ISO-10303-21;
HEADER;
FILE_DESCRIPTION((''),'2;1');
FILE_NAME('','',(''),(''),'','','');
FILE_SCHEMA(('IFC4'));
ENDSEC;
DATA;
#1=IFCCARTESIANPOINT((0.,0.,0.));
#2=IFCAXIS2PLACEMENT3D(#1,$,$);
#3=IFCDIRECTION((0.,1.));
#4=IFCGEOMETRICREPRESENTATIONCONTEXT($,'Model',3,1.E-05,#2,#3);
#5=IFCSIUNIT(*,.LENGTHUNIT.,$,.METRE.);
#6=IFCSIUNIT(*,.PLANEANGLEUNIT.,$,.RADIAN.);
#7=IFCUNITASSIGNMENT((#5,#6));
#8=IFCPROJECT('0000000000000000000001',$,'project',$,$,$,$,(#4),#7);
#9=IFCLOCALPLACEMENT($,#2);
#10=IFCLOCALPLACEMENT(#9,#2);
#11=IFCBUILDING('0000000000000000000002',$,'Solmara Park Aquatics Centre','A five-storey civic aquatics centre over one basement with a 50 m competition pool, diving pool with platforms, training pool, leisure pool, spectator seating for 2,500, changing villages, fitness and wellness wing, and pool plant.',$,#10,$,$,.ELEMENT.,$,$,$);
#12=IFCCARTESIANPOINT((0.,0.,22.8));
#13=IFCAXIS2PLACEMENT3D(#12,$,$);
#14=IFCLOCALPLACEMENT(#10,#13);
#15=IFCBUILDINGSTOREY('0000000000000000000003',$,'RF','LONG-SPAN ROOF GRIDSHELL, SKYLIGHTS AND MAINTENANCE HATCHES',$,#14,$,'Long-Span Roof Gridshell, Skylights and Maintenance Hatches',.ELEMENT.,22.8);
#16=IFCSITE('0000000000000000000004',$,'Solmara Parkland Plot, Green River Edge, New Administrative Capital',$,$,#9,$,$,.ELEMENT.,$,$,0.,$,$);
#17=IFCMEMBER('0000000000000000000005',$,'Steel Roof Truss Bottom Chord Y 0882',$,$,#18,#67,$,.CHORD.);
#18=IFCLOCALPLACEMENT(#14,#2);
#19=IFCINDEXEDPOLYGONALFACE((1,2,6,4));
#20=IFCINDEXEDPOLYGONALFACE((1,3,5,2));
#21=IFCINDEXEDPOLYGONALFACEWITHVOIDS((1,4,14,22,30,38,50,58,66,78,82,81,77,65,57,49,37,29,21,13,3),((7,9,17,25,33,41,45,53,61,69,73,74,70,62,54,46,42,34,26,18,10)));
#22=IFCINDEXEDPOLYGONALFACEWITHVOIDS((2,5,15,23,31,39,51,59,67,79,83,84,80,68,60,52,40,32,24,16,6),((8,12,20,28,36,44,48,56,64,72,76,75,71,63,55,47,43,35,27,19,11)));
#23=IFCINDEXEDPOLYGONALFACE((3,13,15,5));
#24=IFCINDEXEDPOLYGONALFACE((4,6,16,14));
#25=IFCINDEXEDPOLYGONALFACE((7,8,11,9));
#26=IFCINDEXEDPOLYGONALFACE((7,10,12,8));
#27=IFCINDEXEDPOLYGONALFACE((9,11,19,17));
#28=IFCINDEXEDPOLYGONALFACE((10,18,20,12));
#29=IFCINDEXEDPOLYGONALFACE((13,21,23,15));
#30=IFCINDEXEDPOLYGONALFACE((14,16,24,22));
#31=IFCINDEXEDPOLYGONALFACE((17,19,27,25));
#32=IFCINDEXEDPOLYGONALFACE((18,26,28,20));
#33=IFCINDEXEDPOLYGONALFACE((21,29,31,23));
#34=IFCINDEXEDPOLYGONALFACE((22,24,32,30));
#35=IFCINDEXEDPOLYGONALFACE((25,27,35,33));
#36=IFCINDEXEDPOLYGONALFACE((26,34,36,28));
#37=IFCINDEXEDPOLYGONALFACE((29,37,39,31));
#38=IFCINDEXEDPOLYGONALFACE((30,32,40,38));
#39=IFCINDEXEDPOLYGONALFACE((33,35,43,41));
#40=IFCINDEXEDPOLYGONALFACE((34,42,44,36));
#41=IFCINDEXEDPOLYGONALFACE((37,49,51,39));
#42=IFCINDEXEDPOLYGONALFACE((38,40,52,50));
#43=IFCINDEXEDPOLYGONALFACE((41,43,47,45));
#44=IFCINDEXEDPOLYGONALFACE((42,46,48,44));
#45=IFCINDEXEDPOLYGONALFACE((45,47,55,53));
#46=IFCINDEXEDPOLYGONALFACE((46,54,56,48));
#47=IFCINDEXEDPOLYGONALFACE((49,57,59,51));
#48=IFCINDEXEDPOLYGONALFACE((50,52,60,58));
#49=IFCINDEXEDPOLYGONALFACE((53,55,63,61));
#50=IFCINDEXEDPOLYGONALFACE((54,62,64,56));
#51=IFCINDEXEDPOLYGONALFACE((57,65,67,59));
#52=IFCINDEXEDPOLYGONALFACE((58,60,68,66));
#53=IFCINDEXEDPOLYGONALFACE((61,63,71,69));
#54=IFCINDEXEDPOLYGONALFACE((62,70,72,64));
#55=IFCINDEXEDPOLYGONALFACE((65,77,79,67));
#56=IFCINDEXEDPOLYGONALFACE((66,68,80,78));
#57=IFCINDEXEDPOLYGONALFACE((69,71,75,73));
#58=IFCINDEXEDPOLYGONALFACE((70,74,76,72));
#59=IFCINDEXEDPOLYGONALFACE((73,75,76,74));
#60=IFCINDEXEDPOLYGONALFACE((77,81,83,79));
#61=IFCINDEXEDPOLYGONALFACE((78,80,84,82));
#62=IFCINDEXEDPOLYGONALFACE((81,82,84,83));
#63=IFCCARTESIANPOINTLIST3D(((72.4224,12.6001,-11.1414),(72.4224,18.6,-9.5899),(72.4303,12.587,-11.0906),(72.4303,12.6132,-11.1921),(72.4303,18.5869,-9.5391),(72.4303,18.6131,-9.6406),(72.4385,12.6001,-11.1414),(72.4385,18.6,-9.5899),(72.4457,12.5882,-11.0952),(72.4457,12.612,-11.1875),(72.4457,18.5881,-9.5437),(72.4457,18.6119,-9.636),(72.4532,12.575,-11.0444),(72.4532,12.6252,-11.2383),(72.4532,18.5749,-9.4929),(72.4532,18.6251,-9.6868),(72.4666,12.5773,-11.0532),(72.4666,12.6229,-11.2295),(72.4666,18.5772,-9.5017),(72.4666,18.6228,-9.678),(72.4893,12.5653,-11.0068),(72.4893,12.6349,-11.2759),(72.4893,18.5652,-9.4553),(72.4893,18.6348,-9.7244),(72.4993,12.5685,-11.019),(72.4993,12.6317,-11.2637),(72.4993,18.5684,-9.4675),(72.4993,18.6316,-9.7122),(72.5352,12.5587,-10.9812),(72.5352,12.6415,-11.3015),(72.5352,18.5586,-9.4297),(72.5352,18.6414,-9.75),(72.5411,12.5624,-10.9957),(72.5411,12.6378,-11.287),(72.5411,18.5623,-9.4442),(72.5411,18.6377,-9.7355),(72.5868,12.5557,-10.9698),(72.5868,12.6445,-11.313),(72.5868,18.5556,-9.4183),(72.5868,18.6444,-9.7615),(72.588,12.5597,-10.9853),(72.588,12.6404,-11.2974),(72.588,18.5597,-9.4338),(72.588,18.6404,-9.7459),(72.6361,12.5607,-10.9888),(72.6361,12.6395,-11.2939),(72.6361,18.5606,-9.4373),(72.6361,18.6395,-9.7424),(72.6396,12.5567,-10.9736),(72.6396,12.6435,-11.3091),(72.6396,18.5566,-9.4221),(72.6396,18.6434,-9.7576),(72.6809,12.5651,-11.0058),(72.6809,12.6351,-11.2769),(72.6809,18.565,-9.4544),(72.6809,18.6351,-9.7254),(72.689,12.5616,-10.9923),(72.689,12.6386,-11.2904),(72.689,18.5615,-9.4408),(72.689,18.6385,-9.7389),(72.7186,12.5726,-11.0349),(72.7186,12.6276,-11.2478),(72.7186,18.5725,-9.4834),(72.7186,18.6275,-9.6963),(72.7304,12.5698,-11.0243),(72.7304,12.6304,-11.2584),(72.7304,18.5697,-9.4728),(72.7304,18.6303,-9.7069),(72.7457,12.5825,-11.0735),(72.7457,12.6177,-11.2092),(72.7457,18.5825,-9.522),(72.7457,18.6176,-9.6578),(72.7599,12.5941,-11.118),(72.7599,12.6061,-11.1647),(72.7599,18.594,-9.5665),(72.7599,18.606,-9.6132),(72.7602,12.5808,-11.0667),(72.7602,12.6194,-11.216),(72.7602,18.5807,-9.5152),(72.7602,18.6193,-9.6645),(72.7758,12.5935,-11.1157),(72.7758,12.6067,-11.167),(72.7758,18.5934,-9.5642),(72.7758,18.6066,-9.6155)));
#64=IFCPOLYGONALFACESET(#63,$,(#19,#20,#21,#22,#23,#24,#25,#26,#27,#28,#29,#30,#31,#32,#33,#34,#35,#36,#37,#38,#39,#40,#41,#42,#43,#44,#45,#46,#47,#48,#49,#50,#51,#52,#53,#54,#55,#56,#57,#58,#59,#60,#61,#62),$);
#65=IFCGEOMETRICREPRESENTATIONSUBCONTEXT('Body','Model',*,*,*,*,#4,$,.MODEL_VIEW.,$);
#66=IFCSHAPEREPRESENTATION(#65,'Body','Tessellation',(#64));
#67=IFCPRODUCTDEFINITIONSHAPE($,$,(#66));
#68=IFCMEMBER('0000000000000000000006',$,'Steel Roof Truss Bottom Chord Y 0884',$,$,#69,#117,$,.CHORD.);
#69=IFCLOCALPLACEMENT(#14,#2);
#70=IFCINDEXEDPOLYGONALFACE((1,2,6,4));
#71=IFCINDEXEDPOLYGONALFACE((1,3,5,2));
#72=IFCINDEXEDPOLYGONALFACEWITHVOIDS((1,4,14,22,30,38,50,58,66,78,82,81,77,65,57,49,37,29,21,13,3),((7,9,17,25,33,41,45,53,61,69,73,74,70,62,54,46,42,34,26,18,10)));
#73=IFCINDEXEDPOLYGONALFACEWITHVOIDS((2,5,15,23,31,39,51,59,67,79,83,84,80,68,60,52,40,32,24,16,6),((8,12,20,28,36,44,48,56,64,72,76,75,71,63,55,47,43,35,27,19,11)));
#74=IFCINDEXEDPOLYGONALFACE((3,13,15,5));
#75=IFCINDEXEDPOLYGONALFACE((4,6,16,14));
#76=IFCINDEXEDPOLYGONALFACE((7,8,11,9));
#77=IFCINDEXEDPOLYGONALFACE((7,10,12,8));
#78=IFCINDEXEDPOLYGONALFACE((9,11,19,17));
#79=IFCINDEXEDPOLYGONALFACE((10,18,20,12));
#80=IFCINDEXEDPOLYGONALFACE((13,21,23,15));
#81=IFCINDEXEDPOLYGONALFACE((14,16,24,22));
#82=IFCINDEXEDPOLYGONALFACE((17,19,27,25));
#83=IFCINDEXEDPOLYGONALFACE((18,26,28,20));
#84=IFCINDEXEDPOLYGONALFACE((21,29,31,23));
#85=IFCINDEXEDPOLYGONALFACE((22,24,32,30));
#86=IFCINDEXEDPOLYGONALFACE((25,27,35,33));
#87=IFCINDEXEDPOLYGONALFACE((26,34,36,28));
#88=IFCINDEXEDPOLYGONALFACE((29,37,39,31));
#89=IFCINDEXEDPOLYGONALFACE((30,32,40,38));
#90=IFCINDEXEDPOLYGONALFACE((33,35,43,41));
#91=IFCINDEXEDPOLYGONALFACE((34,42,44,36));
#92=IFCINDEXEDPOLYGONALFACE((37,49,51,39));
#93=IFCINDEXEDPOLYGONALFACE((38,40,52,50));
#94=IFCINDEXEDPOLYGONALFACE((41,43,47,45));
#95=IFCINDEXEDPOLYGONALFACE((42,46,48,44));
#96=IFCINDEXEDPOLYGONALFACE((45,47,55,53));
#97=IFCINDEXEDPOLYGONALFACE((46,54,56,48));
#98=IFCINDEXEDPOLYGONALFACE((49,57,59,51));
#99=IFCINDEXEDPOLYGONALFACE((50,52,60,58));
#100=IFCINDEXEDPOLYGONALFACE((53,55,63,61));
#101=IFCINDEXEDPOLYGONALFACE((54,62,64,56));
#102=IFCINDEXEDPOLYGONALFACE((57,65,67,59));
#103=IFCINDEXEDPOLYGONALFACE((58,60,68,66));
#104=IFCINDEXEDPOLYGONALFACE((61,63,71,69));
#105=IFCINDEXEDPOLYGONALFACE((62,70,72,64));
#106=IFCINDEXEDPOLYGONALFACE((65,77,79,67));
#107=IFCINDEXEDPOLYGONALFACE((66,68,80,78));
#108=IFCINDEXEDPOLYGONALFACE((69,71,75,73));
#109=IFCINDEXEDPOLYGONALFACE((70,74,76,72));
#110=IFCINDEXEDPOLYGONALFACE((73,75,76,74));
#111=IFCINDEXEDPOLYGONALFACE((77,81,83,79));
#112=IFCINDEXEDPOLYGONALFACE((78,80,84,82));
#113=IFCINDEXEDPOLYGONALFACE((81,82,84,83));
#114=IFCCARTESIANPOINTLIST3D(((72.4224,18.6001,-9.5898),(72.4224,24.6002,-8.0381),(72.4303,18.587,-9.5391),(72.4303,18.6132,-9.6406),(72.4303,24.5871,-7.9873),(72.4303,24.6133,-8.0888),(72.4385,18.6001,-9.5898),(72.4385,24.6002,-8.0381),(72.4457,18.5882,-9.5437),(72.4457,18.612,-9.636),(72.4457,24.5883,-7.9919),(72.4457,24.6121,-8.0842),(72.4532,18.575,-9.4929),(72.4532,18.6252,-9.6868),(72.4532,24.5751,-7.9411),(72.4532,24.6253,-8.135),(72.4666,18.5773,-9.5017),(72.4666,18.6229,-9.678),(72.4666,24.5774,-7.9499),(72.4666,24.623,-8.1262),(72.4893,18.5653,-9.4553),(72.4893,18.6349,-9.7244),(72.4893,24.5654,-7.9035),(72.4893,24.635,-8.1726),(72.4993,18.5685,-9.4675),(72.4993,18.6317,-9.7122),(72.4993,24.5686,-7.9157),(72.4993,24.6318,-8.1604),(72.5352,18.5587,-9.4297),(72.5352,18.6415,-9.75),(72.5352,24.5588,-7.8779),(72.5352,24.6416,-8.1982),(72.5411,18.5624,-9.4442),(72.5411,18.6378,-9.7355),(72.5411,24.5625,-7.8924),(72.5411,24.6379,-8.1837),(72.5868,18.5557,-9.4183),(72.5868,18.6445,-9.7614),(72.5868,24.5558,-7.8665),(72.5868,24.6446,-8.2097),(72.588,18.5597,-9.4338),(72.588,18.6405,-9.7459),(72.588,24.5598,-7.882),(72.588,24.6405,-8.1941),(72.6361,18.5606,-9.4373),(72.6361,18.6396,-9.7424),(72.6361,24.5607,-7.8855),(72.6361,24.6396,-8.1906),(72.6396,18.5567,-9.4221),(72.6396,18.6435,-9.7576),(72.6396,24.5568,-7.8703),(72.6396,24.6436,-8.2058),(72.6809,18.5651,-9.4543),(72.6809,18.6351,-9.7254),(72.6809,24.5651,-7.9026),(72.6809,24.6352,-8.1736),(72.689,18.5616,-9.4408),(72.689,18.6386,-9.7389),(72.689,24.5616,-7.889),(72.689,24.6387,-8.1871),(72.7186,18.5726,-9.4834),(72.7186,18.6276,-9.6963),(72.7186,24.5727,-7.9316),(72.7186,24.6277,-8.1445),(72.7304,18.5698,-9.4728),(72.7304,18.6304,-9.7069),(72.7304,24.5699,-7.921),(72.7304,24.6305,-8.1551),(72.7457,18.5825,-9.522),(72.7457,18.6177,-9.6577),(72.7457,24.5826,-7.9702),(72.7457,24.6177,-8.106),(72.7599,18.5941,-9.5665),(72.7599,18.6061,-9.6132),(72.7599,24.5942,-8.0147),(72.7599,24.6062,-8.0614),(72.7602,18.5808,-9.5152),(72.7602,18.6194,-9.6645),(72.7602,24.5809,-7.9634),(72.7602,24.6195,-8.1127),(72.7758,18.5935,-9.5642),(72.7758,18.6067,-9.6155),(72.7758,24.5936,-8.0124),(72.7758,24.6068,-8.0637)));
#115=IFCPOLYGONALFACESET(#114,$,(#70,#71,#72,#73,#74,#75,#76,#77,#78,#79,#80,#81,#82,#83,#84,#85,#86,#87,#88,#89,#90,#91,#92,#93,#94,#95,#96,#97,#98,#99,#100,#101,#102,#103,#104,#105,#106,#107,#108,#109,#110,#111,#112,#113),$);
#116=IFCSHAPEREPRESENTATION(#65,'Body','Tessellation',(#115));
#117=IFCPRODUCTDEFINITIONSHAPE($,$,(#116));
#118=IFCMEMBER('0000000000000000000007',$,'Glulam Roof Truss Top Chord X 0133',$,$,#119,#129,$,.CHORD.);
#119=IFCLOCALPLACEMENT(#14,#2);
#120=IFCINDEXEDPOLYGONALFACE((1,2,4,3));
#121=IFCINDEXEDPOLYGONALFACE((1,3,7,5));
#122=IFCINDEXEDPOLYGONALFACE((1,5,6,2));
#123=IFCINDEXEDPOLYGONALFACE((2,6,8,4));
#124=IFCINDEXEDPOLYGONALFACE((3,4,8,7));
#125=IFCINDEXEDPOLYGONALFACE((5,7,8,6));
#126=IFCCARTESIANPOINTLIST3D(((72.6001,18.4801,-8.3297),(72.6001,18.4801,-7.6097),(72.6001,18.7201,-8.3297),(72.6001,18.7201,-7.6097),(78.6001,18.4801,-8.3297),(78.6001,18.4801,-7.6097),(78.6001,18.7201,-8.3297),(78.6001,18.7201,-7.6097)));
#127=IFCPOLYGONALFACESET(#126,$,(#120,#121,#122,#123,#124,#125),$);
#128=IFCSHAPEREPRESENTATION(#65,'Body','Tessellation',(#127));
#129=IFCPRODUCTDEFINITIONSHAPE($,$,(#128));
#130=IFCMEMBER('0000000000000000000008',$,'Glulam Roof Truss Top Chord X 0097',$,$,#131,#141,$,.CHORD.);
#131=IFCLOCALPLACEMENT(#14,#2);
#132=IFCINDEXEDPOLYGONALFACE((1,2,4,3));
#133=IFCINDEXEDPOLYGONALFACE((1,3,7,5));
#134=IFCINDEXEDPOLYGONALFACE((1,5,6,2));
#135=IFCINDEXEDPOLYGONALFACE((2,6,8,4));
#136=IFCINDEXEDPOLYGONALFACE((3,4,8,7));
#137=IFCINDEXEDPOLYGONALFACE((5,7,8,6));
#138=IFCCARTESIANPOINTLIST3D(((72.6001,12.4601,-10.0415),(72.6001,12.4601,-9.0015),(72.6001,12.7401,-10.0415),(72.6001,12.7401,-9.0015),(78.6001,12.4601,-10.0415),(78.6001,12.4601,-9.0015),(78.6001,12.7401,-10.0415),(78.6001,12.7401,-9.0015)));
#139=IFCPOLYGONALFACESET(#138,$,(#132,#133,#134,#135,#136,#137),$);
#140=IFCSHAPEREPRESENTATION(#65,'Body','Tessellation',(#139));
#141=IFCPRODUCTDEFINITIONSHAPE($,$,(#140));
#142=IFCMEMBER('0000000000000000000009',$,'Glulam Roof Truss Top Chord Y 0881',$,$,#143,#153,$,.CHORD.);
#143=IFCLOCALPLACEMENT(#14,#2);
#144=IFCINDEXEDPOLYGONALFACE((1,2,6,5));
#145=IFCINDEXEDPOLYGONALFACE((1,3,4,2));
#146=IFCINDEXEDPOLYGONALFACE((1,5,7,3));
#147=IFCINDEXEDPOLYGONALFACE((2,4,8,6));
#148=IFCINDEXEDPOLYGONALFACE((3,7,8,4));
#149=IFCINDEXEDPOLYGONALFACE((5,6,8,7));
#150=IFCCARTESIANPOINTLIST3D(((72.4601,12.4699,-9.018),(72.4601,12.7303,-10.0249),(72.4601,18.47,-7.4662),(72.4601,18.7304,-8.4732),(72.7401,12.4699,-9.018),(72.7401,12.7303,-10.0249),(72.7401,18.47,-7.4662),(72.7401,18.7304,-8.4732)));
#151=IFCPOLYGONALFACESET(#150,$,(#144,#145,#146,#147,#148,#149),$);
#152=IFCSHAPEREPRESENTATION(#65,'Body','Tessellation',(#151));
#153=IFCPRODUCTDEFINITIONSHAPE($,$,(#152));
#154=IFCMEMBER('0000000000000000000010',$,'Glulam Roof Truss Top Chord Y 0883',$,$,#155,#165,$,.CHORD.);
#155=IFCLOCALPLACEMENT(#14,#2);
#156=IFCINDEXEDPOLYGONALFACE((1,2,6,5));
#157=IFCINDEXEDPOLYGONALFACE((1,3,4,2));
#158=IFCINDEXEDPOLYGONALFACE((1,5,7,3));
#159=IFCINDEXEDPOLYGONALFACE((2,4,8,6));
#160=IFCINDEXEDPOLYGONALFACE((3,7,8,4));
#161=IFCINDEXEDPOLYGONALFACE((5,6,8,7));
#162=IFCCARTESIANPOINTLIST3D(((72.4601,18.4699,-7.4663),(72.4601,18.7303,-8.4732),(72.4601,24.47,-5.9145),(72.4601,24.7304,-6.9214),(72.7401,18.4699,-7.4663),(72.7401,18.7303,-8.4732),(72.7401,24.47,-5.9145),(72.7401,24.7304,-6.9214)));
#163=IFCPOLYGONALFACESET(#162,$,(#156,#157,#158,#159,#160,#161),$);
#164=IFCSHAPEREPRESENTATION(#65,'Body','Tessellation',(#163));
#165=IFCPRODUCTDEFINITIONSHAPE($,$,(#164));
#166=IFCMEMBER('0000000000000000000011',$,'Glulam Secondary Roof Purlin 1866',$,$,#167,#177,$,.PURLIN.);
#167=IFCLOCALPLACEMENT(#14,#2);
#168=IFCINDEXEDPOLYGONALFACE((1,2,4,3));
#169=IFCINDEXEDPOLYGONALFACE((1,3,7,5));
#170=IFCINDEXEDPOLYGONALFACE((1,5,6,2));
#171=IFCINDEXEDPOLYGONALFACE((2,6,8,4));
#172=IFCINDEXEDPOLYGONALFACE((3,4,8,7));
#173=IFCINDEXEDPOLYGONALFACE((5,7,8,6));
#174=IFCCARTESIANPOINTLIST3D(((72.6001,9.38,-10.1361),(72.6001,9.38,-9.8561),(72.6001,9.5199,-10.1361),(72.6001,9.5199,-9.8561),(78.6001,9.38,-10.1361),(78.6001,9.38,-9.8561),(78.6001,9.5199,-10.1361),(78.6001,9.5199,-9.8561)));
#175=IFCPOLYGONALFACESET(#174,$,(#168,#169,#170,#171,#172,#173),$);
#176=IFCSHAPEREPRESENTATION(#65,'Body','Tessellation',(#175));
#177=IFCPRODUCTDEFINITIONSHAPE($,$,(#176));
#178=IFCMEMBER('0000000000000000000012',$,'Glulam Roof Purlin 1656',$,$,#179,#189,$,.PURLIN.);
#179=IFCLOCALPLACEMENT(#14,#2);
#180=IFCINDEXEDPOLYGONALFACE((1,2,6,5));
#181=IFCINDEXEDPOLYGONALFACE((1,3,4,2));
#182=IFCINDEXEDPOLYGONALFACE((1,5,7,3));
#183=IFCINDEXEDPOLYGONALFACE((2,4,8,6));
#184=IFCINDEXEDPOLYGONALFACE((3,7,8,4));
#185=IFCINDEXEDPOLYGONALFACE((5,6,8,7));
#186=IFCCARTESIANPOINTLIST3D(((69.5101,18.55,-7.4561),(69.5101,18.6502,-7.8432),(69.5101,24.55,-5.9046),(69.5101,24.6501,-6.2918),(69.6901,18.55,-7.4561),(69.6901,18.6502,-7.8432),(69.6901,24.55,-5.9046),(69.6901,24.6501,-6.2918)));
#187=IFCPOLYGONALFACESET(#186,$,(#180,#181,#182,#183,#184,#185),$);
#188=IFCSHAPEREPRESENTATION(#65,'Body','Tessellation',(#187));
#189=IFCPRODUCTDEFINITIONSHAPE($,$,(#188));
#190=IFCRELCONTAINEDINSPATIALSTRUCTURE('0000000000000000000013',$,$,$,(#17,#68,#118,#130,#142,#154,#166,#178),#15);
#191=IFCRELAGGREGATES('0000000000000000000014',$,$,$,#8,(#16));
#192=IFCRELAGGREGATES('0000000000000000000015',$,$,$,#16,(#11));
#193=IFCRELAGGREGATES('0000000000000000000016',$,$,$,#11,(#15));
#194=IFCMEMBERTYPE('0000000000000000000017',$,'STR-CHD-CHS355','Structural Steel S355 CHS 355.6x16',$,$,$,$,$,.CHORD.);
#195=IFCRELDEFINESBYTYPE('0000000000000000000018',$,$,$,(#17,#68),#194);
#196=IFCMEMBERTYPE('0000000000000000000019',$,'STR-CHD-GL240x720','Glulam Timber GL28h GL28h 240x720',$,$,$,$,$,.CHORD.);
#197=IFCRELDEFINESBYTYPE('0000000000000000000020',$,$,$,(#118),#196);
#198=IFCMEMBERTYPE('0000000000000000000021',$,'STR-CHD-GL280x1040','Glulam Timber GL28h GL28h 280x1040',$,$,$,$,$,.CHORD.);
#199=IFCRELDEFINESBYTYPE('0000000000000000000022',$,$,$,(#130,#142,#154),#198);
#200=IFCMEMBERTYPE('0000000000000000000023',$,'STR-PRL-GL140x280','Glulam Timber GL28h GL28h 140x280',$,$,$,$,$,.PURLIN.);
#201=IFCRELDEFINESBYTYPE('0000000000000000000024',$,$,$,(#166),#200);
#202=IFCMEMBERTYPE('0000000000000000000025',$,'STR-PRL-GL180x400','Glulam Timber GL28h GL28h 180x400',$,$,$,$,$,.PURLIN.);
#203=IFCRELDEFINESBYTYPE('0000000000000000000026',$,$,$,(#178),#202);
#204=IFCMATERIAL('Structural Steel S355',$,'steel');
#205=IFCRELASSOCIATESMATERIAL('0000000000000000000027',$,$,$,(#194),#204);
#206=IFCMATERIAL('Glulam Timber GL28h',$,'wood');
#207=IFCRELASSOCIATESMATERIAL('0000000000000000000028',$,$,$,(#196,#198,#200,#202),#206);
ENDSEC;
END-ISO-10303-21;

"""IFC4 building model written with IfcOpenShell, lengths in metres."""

from ifc_helpers import new_model, si_unit, direction, frame, origin, origin_2d, place, context, subcontext, project, spatial, rectangle, hollow_circle, extrude, material, material_profile, profile_set, type_object, element, save


model = new_model("IFC4")

# Units and contexts
model_context = context("Model", 3, precision=1e-05, world=origin(), true_north=direction((0.0, 1.0)))
body_context = subcontext(model_context, "Body", "Model", "MODEL_VIEW")
ifc_project = project(units=[si_unit("LENGTHUNIT", "METRE"), si_unit("PLANEANGLEUNIT", "RADIAN")], contexts=[model_context])

# Site, building, storey
site_placement = place(None, origin())
site = spatial("IfcSite", under=ifc_project, at=site_placement, Name="Solmara Parkland Plot, Green River Edge, New Administrative Capital", CompositionType="ELEMENT", RefElevation=0.0)
building_placement = place(site_placement, origin())
building = spatial("IfcBuilding", under=site, at=building_placement, Name="Solmara Park Aquatics Centre", Description="A five-storey civic aquatics centre over one basement with a 50 m competition pool, diving pool with platforms, training pool, leisure pool, spectator seating for 2,500, changing villages, fitness and wellness wing, and pool plant.", CompositionType="ELEMENT")
storey_placement = place(building_placement, frame((0.0, 0.0, 22.8)))
storey = spatial("IfcBuildingStorey", under=building, at=storey_placement, Name="RF", Description="LONG-SPAN ROOF GRIDSHELL, SKYLIGHTS AND MAINTENANCE HATCHES", LongName="Long-Span Roof Gridshell, Skylights and Maintenance Hatches", CompositionType="ELEMENT", Elevation=22.8)

# Members
ifc_material_1 = material(Name="Structural Steel S355", Category="steel")
ifc_material_profile_1 = material_profile(ifc_material_1, hollow_circle(Radius=0.1777, WallThickness=0.0161, at=origin_2d()), Name="CHS 355.6x16")
ifc_profile_set_1 = profile_set([ifc_material_profile_1], Name="Structural Steel S355")
member_type_1 = type_object("IfcMemberType", Name="STR-CHD-CHS355", Description="Structural Steel S355 CHS 355.6x16", PredefinedType="CHORD", material=ifc_profile_set_1)
member_1_placement = place(storey_placement, frame((72.6001, 12.6001, -11.1414), z_axis=(0.0, 0.968155, 0.250351), x_axis=(-1.0, 0.0, 0.0)))
element("IfcMember", 1, at=member_1_placement, inside=storey, type_object=member_type_1, Name="Steel Roof Truss Bottom Chord Y 0882", PredefinedType="CHORD", context=body_context, shape_type="SweptSolid", body=[
    extrude(hollow_circle(Radius=0.1777, WallThickness=0.0161, at=origin_2d()), origin(), (0.0, 0.0, 1.0), 6.1973),
])
member_2_placement = place(storey_placement, frame((72.6001, 18.6001, -9.5898), z_axis=(0.0, 0.968146, 0.250388), x_axis=(-1.0, 0.0, 0.0)))
element("IfcMember", 2, at=member_2_placement, inside=storey, type_object=member_type_1, Name="Steel Roof Truss Bottom Chord Y 0884", PredefinedType="CHORD", context=body_context, shape_type="SweptSolid", body=[
    extrude(hollow_circle(Radius=0.1777, WallThickness=0.0161, at=origin_2d()), origin(), (0.0, 0.0, 1.0), 6.1975),
])
ifc_material_2 = material(Name="Glulam Timber GL28h", Category="wood")
ifc_material_profile_2 = material_profile(ifc_material_2, rectangle(XDim=0.24, YDim=0.72, at=origin_2d()), Name="GL28h 240x720")
ifc_profile_set_2 = profile_set([ifc_material_profile_2], Name="Glulam Timber GL28h")
member_type_2 = type_object("IfcMemberType", Name="STR-CHD-GL240x720", Description="Glulam Timber GL28h GL28h 240x720", PredefinedType="CHORD", material=ifc_profile_set_2)
member_3_placement = place(storey_placement, frame((72.6001, 18.6001, -7.9697), z_axis=(1.0, 0.0, 0.0), x_axis=(0.0, 1.0, 0.0)))
element("IfcMember", 3, at=member_3_placement, inside=storey, type_object=member_type_2, Name="Glulam Roof Truss Top Chord X 0133", PredefinedType="CHORD", context=body_context, shape_type="SweptSolid", body=[
    extrude(rectangle(XDim=0.24, YDim=0.72, at=origin_2d()), origin(), (0.0, 0.0, 1.0), 6.0),
])
ifc_material_profile_3 = material_profile(ifc_material_2, rectangle(XDim=0.28, YDim=1.04, at=origin_2d()), Name="GL28h 280x1040")
ifc_profile_set_3 = profile_set([ifc_material_profile_3], Name="Glulam Timber GL28h")
member_type_3 = type_object("IfcMemberType", Name="STR-CHD-GL280x1040", Description="Glulam Timber GL28h GL28h 280x1040", PredefinedType="CHORD", material=ifc_profile_set_3)
member_4_placement = place(storey_placement, frame((72.6001, 12.6001, -9.5215), z_axis=(1.0, 0.0, 0.0), x_axis=(0.0, 1.0, 0.0)))
element("IfcMember", 4, at=member_4_placement, inside=storey, type_object=member_type_3, Name="Glulam Roof Truss Top Chord X 0097", PredefinedType="CHORD", context=body_context, shape_type="SweptSolid", body=[
    extrude(rectangle(XDim=0.28, YDim=1.04, at=origin_2d()), origin(), (0.0, 0.0, 1.0), 6.0),
])
for number, where, z_axis, x_axis, name in (
    (5, (72.6001, 12.6001, -9.5215), (0.0, 0.968146, 0.250388), (-1.0, 0.0, 0.0), "Glulam Roof Truss Top Chord Y 0881"),
    (6, (72.6001, 18.6001, -7.9697), (0.0, 0.968146, 0.250388), (-1.0, 0.0, 0.0), "Glulam Roof Truss Top Chord Y 0883"),
):
    element("IfcMember", number, at=place(storey_placement, frame(where, z_axis=z_axis, x_axis=x_axis)), inside=storey, type_object=member_type_3, Name=name, PredefinedType="CHORD", context=body_context, shape_type="SweptSolid", body=[
        extrude(rectangle(XDim=0.28, YDim=1.04, at=origin_2d()), origin(), (0.0, 0.0, 1.0), 6.1975),
    ])
ifc_material_profile_4 = material_profile(ifc_material_2, rectangle(XDim=0.1399, YDim=0.28, at=origin_2d()), Name="GL28h 140x280")
ifc_profile_set_4 = profile_set([ifc_material_profile_4], Name="Glulam Timber GL28h")
member_type_4 = type_object("IfcMemberType", Name="STR-PRL-GL140x280", Description="Glulam Timber GL28h GL28h 140x280", PredefinedType="PURLIN", material=ifc_profile_set_4)
member_5_placement = place(storey_placement, frame((72.6001, 9.45, -9.9961), z_axis=(1.0, 0.0, 0.0), x_axis=(0.0, 1.0, 0.0)))
element("IfcMember", 7, at=member_5_placement, inside=storey, type_object=member_type_4, Name="Glulam Secondary Roof Purlin 1866", PredefinedType="PURLIN", context=body_context, shape_type="SweptSolid", body=[
    extrude(rectangle(XDim=0.1399, YDim=0.28, at=origin_2d()), origin(), (0.0, 0.0, 1.0), 6.0),
])
ifc_material_profile_5 = material_profile(ifc_material_2, rectangle(XDim=0.1799, YDim=0.3999, at=origin_2d()), Name="GL28h 180x400")
ifc_profile_set_5 = profile_set([ifc_material_profile_5], Name="Glulam Timber GL28h")
member_type_5 = type_object("IfcMemberType", Name="STR-PRL-GL180x400", Description="Glulam Timber GL28h GL28h 180x400", PredefinedType="PURLIN", material=ifc_profile_set_5)
member_6_placement = place(storey_placement, frame((69.6001, 18.6001, -7.6497), z_axis=(0.0, 0.968155, 0.250351), x_axis=(-1.0, 0.0, 0.0)))
element("IfcMember", 8, at=member_6_placement, inside=storey, type_object=member_type_5, Name="Glulam Roof Purlin 1656", PredefinedType="PURLIN", context=body_context, shape_type="SweptSolid", body=[
    extrude(rectangle(XDim=0.1799, YDim=0.3999, at=origin_2d()), origin(), (0.0, 0.0, 1.0), 6.1973),
])

save(model, "model.ifc")
